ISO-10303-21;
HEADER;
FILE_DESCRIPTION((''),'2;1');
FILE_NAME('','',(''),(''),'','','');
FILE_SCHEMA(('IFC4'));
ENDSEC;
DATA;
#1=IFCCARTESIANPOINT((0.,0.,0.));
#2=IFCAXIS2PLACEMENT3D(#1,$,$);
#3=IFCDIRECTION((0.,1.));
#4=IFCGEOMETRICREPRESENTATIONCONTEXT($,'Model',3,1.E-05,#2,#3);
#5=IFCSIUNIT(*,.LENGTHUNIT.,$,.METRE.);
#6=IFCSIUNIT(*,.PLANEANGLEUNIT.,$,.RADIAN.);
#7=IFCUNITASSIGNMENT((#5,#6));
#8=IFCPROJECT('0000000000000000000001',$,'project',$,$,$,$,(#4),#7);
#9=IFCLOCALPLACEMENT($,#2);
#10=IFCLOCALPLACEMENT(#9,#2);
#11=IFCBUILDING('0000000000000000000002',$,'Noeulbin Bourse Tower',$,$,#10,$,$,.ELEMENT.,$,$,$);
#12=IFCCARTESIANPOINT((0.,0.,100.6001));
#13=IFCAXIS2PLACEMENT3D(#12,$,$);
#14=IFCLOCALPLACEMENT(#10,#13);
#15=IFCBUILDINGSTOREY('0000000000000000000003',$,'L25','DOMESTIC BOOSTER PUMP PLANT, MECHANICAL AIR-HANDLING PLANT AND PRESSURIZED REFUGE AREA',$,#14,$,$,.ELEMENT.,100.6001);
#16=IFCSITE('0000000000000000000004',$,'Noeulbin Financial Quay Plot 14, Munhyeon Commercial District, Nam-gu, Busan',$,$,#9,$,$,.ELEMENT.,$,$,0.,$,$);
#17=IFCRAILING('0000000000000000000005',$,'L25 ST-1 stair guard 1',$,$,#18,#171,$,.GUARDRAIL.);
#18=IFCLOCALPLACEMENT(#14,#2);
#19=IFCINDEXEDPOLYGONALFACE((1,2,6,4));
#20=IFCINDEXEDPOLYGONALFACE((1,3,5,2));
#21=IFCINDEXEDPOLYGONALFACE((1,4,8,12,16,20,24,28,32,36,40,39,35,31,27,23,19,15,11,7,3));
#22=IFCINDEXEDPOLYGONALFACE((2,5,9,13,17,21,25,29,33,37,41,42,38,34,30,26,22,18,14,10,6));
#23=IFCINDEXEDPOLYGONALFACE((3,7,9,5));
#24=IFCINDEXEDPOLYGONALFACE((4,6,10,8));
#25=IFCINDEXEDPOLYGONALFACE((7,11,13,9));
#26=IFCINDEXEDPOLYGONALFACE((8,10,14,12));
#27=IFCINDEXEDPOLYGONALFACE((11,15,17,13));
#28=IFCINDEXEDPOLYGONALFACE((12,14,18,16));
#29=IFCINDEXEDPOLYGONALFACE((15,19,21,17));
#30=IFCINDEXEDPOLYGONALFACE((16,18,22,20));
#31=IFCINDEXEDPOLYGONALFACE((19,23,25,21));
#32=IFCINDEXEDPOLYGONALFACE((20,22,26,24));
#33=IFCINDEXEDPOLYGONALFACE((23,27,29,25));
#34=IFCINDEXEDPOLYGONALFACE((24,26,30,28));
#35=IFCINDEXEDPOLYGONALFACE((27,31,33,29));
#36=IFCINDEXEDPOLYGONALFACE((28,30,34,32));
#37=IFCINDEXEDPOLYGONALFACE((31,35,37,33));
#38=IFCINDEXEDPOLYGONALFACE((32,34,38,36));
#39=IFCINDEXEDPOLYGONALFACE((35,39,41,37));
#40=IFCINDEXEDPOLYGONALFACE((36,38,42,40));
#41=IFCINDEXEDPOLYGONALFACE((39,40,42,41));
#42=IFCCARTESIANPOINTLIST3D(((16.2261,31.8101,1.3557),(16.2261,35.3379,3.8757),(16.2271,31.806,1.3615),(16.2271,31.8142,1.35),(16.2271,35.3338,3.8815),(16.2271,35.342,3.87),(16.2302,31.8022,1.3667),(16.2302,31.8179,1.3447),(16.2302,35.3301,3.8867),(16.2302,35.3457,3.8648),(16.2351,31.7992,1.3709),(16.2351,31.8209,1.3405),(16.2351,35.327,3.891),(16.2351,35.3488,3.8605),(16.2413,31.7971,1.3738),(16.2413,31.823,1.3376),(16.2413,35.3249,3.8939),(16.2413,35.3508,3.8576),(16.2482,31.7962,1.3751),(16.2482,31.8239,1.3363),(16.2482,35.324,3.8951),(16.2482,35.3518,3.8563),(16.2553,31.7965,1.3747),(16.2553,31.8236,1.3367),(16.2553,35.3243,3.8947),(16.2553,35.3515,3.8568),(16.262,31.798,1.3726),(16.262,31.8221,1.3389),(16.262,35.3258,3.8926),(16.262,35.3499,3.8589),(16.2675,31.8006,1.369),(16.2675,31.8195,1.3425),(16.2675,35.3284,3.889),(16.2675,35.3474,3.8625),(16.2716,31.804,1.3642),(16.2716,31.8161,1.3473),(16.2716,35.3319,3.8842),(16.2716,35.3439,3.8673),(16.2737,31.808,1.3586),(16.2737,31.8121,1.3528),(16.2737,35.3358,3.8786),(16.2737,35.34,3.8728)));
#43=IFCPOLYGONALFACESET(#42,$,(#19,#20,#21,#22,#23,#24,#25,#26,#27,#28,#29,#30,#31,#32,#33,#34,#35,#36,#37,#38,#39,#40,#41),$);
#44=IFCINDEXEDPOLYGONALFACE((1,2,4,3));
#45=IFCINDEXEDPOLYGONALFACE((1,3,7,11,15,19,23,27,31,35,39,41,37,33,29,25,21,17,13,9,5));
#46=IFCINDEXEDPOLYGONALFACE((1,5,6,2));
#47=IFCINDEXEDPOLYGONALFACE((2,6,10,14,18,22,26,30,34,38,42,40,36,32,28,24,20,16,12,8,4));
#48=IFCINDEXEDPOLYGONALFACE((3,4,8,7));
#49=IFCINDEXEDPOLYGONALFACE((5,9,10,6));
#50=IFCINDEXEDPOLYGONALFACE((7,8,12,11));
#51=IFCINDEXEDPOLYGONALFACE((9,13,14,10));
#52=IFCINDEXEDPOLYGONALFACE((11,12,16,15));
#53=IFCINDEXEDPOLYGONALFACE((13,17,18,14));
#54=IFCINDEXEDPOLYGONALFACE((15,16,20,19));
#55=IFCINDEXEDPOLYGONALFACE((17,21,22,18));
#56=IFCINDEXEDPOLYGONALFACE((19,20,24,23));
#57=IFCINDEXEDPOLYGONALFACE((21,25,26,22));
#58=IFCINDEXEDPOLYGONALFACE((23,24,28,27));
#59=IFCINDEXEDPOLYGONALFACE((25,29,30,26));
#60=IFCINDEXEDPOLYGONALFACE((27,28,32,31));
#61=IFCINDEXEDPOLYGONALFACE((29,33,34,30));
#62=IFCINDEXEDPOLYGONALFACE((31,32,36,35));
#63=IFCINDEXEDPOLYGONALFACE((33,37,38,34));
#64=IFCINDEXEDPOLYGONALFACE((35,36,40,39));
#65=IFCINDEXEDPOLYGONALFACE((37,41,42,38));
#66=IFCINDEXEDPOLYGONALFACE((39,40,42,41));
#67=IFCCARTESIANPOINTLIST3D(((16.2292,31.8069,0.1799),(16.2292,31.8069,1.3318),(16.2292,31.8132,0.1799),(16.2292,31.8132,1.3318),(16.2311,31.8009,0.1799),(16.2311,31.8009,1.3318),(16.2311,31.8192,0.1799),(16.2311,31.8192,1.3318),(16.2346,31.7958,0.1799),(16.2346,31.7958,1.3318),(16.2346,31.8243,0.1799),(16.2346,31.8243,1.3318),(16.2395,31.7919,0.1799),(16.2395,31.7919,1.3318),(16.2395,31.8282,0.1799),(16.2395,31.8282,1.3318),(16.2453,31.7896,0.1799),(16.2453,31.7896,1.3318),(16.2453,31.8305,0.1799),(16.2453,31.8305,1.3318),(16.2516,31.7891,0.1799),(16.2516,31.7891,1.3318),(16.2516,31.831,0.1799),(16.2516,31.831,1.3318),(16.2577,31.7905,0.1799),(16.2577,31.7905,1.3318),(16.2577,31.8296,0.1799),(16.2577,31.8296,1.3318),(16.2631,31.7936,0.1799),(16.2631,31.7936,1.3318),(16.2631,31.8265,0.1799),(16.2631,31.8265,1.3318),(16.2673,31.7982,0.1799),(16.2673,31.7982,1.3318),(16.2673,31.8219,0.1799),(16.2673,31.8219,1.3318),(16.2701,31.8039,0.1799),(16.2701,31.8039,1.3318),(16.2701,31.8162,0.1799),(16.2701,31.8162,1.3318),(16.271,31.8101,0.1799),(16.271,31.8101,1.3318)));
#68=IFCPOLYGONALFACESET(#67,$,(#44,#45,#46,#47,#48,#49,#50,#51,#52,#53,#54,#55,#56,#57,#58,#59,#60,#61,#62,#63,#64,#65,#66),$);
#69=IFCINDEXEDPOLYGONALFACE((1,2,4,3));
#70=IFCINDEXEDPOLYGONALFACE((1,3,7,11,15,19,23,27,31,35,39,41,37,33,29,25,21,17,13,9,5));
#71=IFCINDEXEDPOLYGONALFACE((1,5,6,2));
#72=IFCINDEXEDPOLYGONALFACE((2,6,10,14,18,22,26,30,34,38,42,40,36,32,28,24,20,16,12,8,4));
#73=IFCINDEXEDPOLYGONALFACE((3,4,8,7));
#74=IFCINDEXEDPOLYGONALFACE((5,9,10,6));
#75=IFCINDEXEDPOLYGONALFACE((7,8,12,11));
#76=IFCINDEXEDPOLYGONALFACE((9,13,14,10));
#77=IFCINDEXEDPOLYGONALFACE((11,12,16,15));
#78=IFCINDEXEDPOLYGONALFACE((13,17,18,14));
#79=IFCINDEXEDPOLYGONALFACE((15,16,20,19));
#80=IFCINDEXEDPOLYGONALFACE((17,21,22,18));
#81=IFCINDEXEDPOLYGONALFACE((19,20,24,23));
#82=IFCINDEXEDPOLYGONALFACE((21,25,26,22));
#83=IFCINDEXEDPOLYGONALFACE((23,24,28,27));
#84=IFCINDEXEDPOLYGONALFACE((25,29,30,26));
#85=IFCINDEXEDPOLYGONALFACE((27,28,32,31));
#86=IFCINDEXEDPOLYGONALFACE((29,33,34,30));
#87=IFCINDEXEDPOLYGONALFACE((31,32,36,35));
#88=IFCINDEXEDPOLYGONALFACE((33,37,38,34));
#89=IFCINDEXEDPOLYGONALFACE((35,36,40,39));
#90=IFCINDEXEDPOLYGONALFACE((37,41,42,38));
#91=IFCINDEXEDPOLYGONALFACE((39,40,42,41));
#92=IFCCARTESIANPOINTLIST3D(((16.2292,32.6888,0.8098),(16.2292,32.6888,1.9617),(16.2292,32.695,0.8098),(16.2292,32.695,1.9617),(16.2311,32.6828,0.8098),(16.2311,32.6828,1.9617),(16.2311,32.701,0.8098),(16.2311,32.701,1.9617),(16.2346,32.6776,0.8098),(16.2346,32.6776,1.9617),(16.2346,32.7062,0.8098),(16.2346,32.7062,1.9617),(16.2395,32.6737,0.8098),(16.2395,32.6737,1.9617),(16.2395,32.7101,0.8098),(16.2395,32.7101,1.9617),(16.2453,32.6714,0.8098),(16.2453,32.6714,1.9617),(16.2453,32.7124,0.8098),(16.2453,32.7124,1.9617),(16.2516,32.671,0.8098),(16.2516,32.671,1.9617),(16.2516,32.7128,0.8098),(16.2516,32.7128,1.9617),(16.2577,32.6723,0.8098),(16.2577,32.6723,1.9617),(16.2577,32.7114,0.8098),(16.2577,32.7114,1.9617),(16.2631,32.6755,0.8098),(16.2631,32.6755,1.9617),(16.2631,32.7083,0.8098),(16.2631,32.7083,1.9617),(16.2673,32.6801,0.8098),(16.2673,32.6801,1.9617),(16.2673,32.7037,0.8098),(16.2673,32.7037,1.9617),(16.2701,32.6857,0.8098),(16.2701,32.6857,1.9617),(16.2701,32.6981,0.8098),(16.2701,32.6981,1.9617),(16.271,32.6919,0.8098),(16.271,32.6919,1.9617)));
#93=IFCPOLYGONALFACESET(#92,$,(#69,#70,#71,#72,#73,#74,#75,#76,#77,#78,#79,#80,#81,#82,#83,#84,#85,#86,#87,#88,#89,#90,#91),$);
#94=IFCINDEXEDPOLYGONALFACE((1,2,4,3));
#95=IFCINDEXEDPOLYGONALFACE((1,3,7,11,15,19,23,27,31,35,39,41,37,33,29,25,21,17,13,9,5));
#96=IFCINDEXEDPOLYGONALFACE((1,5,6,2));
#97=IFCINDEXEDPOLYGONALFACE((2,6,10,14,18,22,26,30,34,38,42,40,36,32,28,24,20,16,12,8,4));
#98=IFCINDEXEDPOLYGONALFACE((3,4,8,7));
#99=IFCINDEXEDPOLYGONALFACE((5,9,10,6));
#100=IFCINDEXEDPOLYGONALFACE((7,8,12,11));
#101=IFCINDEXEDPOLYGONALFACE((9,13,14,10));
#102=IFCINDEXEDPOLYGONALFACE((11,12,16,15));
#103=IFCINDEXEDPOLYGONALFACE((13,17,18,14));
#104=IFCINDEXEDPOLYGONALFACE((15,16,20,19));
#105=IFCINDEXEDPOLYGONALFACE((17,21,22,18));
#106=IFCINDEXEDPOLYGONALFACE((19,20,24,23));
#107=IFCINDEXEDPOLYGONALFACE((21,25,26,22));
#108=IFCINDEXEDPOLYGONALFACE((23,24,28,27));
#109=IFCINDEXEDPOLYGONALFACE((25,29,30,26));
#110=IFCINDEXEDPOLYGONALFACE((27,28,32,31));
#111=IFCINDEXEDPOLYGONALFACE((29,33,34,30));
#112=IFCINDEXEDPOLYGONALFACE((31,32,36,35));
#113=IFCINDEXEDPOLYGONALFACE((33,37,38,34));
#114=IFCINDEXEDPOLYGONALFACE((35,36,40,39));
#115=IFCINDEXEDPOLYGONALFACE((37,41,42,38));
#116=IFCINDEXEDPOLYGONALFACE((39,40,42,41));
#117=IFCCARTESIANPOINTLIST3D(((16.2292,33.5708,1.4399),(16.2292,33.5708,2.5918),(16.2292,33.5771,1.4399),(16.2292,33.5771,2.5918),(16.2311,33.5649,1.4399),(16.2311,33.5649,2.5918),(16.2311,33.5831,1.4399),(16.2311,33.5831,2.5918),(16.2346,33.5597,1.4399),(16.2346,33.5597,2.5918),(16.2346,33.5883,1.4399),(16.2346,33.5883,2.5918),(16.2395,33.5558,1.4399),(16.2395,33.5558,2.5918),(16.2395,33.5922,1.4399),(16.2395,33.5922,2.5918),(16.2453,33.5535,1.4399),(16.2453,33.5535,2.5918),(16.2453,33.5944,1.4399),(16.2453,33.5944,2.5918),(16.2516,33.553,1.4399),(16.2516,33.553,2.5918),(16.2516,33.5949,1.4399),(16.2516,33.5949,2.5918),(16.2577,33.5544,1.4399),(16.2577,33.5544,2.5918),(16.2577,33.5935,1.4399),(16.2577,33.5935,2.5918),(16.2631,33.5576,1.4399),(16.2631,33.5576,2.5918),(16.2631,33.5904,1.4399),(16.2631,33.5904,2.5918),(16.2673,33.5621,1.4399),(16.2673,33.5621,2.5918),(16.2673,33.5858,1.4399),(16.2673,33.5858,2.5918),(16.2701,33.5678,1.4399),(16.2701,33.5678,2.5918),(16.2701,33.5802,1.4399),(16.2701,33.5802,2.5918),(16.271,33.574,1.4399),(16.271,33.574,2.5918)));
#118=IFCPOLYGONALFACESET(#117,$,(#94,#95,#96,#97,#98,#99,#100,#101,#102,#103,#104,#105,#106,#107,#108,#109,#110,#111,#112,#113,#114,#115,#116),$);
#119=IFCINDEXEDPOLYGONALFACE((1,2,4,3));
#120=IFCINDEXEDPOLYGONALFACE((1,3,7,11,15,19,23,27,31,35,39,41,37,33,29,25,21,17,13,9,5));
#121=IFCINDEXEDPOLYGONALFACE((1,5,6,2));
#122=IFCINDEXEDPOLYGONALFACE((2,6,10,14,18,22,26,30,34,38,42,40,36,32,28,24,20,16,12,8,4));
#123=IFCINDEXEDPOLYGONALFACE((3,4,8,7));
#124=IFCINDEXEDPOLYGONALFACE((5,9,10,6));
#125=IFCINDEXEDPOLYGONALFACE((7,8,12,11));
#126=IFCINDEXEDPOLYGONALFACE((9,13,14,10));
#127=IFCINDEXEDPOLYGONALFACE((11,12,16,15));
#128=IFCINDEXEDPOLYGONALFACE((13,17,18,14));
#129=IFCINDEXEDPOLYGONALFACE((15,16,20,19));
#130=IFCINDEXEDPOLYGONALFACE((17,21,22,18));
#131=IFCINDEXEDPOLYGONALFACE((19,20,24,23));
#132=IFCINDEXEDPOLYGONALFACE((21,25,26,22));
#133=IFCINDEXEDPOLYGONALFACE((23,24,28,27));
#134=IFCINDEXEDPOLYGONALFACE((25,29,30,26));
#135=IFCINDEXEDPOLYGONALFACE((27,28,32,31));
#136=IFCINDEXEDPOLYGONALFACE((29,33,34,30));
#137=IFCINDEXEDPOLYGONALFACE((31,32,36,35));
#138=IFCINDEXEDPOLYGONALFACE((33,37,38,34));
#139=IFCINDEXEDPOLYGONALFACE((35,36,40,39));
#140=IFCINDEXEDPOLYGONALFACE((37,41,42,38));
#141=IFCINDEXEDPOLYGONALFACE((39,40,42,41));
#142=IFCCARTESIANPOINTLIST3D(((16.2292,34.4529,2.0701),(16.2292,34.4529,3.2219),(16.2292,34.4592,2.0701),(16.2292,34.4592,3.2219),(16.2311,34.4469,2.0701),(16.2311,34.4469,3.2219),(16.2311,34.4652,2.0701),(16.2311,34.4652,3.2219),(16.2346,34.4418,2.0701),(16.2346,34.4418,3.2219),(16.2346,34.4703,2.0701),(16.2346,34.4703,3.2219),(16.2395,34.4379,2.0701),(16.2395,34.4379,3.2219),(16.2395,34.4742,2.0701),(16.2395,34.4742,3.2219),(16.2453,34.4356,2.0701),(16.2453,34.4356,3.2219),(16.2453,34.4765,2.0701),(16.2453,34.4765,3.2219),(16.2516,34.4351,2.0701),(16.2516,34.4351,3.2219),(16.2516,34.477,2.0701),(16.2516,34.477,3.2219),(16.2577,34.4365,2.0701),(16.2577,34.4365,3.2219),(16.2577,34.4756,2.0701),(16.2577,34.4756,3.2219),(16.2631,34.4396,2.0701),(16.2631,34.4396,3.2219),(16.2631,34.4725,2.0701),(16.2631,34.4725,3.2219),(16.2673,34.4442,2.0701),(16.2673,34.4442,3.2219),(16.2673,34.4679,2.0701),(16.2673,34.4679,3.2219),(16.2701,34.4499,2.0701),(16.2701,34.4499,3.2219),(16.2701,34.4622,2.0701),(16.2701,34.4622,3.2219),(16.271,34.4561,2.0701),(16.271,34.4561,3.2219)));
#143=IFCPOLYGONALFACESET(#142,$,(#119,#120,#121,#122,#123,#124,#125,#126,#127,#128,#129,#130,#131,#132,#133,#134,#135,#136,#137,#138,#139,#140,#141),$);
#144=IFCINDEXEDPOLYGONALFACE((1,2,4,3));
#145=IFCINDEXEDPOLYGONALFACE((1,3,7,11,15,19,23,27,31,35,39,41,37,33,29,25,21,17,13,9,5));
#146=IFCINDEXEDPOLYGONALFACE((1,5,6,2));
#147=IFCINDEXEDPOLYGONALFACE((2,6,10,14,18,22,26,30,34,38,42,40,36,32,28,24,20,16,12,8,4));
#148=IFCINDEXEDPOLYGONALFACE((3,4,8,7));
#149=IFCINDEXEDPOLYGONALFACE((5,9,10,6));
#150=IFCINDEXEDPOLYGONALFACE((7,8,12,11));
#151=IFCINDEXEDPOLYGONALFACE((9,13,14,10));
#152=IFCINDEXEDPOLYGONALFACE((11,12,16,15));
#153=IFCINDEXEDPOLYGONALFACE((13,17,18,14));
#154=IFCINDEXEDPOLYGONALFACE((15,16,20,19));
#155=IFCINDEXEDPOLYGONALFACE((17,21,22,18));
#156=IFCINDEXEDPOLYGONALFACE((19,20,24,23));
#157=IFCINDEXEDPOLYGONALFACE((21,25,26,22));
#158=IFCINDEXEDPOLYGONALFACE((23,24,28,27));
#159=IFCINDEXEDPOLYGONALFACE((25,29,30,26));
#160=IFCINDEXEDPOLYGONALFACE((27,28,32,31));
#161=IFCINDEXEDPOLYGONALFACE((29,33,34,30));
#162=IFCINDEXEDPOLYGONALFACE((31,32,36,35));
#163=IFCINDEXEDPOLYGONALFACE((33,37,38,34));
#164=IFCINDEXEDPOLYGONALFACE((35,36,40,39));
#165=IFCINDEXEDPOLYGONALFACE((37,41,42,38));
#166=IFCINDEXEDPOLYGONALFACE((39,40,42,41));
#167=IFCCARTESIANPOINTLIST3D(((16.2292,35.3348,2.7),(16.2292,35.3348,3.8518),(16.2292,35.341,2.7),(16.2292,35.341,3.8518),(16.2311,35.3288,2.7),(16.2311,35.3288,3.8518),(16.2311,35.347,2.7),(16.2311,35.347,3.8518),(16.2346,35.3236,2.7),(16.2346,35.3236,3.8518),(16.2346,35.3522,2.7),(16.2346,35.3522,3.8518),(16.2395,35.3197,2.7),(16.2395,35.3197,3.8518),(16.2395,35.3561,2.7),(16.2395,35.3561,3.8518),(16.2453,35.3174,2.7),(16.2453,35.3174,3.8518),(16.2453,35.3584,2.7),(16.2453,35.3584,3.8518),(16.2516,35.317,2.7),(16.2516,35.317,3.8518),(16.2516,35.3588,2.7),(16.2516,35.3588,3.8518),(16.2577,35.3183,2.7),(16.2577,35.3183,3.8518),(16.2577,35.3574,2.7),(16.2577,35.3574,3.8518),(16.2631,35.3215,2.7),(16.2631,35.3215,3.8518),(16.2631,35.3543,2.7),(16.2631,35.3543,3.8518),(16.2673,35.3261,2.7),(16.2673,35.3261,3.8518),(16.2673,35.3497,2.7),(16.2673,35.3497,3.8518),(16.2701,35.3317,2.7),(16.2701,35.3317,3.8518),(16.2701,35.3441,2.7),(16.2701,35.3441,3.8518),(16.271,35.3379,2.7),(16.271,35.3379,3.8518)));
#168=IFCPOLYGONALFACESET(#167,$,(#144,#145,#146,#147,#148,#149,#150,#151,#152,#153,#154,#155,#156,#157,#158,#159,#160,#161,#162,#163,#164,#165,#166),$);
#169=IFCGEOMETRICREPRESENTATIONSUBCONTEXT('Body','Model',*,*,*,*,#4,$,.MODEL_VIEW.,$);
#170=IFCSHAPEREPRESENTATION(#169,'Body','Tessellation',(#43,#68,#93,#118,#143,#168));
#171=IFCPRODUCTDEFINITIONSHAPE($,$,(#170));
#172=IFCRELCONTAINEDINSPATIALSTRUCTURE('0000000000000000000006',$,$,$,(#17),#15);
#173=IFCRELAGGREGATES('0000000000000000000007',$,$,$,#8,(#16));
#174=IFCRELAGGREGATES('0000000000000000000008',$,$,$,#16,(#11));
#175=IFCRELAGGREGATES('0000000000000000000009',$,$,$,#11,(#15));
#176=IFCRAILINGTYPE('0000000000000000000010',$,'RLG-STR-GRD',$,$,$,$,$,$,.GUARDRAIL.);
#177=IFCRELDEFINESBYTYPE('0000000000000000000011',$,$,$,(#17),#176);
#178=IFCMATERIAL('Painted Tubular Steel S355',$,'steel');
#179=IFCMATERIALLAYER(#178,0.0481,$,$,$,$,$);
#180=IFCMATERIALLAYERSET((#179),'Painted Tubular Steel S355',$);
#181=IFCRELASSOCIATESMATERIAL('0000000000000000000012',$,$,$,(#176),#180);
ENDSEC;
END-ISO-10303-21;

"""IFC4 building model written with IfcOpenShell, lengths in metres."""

from ifc_helpers import new_model, si_unit, direction, frame, origin, origin_2d, place, context, subcontext, project, spatial, circle, extrude, material, layer, layer_set, type_object, element, save


model = new_model("IFC4")

# Units and contexts
model_context = context("Model", 3, precision=1e-05, world=origin(), true_north=direction((0.0, 1.0)))
body_context = subcontext(model_context, "Body", "Model", "MODEL_VIEW")
ifc_project = project(units=[si_unit("LENGTHUNIT", "METRE"), si_unit("PLANEANGLEUNIT", "RADIAN")], contexts=[model_context])

# Site, building, storey
site_placement = place(None, origin())
site = spatial("IfcSite", under=ifc_project, at=site_placement, Name="Noeulbin Financial Quay Plot 14, Munhyeon Commercial District, Nam-gu, Busan", CompositionType="ELEMENT", RefElevation=0.0)
building_placement = place(site_placement, origin())
building = spatial("IfcBuilding", under=site, at=building_placement, Name="Noeulbin Bourse Tower", CompositionType="ELEMENT")
storey_placement = place(building_placement, frame((0.0, 0.0, 100.6001)))
storey = spatial("IfcBuildingStorey", under=building, at=storey_placement, Name="L25", Description="DOMESTIC BOOSTER PUMP PLANT, MECHANICAL AIR-HANDLING PLANT AND PRESSURIZED REFUGE AREA", CompositionType="ELEMENT", Elevation=100.6001)

# Railing
ifc_material_1 = material(Name="Painted Tubular Steel S355", Category="steel")
ifc_layer_1 = layer(ifc_material_1, 0.0481)
ifc_layer_set_1 = layer_set([ifc_layer_1], Name="Painted Tubular Steel S355")
railing_type_1 = type_object("IfcRailingType", Name="RLG-STR-GRD", PredefinedType="GUARDRAIL", material=ifc_layer_set_1)
railing_1_placement = place(storey_placement, frame((16.25, 31.8101, 0.1799)))
element("IfcRailing", 1, at=railing_1_placement, inside=storey, type_object=railing_type_1, Name="L25 ST-1 stair guard 1", PredefinedType="GUARDRAIL", context=body_context, shape_type="SweptSolid", body=[
    extrude(circle(Radius=0.0239, at=origin_2d()), frame((0.0, 0.0, 1.1758), z_axis=(0.0, 0.813718, 0.58126), x_axis=(-1.0, 0.0, 0.0)), (0.0, 0.0, 1.0), 4.3354),
    extrude(circle(Radius=0.021, at=origin_2d()), origin(), (0.0, 0.0, 1.0), 1.1519),
    extrude(circle(Radius=0.021, at=origin_2d()), frame((0.0, 0.8818, 0.6299)), (0.0, 0.0, 1.0), 1.1519),
    extrude(circle(Radius=0.021, at=origin_2d()), frame((0.0, 1.7639, 1.26)), (0.0, 0.0, 1.0), 1.1519),
    extrude(circle(Radius=0.021, at=origin_2d()), frame((0.0, 2.646, 1.8901)), (0.0, 0.0, 1.0), 1.1519),
    extrude(circle(Radius=0.021, at=origin_2d()), frame((0.0, 3.5278, 2.52)), (0.0, 0.0, 1.0), 1.1519),
])

save(model, "model.ifc")
